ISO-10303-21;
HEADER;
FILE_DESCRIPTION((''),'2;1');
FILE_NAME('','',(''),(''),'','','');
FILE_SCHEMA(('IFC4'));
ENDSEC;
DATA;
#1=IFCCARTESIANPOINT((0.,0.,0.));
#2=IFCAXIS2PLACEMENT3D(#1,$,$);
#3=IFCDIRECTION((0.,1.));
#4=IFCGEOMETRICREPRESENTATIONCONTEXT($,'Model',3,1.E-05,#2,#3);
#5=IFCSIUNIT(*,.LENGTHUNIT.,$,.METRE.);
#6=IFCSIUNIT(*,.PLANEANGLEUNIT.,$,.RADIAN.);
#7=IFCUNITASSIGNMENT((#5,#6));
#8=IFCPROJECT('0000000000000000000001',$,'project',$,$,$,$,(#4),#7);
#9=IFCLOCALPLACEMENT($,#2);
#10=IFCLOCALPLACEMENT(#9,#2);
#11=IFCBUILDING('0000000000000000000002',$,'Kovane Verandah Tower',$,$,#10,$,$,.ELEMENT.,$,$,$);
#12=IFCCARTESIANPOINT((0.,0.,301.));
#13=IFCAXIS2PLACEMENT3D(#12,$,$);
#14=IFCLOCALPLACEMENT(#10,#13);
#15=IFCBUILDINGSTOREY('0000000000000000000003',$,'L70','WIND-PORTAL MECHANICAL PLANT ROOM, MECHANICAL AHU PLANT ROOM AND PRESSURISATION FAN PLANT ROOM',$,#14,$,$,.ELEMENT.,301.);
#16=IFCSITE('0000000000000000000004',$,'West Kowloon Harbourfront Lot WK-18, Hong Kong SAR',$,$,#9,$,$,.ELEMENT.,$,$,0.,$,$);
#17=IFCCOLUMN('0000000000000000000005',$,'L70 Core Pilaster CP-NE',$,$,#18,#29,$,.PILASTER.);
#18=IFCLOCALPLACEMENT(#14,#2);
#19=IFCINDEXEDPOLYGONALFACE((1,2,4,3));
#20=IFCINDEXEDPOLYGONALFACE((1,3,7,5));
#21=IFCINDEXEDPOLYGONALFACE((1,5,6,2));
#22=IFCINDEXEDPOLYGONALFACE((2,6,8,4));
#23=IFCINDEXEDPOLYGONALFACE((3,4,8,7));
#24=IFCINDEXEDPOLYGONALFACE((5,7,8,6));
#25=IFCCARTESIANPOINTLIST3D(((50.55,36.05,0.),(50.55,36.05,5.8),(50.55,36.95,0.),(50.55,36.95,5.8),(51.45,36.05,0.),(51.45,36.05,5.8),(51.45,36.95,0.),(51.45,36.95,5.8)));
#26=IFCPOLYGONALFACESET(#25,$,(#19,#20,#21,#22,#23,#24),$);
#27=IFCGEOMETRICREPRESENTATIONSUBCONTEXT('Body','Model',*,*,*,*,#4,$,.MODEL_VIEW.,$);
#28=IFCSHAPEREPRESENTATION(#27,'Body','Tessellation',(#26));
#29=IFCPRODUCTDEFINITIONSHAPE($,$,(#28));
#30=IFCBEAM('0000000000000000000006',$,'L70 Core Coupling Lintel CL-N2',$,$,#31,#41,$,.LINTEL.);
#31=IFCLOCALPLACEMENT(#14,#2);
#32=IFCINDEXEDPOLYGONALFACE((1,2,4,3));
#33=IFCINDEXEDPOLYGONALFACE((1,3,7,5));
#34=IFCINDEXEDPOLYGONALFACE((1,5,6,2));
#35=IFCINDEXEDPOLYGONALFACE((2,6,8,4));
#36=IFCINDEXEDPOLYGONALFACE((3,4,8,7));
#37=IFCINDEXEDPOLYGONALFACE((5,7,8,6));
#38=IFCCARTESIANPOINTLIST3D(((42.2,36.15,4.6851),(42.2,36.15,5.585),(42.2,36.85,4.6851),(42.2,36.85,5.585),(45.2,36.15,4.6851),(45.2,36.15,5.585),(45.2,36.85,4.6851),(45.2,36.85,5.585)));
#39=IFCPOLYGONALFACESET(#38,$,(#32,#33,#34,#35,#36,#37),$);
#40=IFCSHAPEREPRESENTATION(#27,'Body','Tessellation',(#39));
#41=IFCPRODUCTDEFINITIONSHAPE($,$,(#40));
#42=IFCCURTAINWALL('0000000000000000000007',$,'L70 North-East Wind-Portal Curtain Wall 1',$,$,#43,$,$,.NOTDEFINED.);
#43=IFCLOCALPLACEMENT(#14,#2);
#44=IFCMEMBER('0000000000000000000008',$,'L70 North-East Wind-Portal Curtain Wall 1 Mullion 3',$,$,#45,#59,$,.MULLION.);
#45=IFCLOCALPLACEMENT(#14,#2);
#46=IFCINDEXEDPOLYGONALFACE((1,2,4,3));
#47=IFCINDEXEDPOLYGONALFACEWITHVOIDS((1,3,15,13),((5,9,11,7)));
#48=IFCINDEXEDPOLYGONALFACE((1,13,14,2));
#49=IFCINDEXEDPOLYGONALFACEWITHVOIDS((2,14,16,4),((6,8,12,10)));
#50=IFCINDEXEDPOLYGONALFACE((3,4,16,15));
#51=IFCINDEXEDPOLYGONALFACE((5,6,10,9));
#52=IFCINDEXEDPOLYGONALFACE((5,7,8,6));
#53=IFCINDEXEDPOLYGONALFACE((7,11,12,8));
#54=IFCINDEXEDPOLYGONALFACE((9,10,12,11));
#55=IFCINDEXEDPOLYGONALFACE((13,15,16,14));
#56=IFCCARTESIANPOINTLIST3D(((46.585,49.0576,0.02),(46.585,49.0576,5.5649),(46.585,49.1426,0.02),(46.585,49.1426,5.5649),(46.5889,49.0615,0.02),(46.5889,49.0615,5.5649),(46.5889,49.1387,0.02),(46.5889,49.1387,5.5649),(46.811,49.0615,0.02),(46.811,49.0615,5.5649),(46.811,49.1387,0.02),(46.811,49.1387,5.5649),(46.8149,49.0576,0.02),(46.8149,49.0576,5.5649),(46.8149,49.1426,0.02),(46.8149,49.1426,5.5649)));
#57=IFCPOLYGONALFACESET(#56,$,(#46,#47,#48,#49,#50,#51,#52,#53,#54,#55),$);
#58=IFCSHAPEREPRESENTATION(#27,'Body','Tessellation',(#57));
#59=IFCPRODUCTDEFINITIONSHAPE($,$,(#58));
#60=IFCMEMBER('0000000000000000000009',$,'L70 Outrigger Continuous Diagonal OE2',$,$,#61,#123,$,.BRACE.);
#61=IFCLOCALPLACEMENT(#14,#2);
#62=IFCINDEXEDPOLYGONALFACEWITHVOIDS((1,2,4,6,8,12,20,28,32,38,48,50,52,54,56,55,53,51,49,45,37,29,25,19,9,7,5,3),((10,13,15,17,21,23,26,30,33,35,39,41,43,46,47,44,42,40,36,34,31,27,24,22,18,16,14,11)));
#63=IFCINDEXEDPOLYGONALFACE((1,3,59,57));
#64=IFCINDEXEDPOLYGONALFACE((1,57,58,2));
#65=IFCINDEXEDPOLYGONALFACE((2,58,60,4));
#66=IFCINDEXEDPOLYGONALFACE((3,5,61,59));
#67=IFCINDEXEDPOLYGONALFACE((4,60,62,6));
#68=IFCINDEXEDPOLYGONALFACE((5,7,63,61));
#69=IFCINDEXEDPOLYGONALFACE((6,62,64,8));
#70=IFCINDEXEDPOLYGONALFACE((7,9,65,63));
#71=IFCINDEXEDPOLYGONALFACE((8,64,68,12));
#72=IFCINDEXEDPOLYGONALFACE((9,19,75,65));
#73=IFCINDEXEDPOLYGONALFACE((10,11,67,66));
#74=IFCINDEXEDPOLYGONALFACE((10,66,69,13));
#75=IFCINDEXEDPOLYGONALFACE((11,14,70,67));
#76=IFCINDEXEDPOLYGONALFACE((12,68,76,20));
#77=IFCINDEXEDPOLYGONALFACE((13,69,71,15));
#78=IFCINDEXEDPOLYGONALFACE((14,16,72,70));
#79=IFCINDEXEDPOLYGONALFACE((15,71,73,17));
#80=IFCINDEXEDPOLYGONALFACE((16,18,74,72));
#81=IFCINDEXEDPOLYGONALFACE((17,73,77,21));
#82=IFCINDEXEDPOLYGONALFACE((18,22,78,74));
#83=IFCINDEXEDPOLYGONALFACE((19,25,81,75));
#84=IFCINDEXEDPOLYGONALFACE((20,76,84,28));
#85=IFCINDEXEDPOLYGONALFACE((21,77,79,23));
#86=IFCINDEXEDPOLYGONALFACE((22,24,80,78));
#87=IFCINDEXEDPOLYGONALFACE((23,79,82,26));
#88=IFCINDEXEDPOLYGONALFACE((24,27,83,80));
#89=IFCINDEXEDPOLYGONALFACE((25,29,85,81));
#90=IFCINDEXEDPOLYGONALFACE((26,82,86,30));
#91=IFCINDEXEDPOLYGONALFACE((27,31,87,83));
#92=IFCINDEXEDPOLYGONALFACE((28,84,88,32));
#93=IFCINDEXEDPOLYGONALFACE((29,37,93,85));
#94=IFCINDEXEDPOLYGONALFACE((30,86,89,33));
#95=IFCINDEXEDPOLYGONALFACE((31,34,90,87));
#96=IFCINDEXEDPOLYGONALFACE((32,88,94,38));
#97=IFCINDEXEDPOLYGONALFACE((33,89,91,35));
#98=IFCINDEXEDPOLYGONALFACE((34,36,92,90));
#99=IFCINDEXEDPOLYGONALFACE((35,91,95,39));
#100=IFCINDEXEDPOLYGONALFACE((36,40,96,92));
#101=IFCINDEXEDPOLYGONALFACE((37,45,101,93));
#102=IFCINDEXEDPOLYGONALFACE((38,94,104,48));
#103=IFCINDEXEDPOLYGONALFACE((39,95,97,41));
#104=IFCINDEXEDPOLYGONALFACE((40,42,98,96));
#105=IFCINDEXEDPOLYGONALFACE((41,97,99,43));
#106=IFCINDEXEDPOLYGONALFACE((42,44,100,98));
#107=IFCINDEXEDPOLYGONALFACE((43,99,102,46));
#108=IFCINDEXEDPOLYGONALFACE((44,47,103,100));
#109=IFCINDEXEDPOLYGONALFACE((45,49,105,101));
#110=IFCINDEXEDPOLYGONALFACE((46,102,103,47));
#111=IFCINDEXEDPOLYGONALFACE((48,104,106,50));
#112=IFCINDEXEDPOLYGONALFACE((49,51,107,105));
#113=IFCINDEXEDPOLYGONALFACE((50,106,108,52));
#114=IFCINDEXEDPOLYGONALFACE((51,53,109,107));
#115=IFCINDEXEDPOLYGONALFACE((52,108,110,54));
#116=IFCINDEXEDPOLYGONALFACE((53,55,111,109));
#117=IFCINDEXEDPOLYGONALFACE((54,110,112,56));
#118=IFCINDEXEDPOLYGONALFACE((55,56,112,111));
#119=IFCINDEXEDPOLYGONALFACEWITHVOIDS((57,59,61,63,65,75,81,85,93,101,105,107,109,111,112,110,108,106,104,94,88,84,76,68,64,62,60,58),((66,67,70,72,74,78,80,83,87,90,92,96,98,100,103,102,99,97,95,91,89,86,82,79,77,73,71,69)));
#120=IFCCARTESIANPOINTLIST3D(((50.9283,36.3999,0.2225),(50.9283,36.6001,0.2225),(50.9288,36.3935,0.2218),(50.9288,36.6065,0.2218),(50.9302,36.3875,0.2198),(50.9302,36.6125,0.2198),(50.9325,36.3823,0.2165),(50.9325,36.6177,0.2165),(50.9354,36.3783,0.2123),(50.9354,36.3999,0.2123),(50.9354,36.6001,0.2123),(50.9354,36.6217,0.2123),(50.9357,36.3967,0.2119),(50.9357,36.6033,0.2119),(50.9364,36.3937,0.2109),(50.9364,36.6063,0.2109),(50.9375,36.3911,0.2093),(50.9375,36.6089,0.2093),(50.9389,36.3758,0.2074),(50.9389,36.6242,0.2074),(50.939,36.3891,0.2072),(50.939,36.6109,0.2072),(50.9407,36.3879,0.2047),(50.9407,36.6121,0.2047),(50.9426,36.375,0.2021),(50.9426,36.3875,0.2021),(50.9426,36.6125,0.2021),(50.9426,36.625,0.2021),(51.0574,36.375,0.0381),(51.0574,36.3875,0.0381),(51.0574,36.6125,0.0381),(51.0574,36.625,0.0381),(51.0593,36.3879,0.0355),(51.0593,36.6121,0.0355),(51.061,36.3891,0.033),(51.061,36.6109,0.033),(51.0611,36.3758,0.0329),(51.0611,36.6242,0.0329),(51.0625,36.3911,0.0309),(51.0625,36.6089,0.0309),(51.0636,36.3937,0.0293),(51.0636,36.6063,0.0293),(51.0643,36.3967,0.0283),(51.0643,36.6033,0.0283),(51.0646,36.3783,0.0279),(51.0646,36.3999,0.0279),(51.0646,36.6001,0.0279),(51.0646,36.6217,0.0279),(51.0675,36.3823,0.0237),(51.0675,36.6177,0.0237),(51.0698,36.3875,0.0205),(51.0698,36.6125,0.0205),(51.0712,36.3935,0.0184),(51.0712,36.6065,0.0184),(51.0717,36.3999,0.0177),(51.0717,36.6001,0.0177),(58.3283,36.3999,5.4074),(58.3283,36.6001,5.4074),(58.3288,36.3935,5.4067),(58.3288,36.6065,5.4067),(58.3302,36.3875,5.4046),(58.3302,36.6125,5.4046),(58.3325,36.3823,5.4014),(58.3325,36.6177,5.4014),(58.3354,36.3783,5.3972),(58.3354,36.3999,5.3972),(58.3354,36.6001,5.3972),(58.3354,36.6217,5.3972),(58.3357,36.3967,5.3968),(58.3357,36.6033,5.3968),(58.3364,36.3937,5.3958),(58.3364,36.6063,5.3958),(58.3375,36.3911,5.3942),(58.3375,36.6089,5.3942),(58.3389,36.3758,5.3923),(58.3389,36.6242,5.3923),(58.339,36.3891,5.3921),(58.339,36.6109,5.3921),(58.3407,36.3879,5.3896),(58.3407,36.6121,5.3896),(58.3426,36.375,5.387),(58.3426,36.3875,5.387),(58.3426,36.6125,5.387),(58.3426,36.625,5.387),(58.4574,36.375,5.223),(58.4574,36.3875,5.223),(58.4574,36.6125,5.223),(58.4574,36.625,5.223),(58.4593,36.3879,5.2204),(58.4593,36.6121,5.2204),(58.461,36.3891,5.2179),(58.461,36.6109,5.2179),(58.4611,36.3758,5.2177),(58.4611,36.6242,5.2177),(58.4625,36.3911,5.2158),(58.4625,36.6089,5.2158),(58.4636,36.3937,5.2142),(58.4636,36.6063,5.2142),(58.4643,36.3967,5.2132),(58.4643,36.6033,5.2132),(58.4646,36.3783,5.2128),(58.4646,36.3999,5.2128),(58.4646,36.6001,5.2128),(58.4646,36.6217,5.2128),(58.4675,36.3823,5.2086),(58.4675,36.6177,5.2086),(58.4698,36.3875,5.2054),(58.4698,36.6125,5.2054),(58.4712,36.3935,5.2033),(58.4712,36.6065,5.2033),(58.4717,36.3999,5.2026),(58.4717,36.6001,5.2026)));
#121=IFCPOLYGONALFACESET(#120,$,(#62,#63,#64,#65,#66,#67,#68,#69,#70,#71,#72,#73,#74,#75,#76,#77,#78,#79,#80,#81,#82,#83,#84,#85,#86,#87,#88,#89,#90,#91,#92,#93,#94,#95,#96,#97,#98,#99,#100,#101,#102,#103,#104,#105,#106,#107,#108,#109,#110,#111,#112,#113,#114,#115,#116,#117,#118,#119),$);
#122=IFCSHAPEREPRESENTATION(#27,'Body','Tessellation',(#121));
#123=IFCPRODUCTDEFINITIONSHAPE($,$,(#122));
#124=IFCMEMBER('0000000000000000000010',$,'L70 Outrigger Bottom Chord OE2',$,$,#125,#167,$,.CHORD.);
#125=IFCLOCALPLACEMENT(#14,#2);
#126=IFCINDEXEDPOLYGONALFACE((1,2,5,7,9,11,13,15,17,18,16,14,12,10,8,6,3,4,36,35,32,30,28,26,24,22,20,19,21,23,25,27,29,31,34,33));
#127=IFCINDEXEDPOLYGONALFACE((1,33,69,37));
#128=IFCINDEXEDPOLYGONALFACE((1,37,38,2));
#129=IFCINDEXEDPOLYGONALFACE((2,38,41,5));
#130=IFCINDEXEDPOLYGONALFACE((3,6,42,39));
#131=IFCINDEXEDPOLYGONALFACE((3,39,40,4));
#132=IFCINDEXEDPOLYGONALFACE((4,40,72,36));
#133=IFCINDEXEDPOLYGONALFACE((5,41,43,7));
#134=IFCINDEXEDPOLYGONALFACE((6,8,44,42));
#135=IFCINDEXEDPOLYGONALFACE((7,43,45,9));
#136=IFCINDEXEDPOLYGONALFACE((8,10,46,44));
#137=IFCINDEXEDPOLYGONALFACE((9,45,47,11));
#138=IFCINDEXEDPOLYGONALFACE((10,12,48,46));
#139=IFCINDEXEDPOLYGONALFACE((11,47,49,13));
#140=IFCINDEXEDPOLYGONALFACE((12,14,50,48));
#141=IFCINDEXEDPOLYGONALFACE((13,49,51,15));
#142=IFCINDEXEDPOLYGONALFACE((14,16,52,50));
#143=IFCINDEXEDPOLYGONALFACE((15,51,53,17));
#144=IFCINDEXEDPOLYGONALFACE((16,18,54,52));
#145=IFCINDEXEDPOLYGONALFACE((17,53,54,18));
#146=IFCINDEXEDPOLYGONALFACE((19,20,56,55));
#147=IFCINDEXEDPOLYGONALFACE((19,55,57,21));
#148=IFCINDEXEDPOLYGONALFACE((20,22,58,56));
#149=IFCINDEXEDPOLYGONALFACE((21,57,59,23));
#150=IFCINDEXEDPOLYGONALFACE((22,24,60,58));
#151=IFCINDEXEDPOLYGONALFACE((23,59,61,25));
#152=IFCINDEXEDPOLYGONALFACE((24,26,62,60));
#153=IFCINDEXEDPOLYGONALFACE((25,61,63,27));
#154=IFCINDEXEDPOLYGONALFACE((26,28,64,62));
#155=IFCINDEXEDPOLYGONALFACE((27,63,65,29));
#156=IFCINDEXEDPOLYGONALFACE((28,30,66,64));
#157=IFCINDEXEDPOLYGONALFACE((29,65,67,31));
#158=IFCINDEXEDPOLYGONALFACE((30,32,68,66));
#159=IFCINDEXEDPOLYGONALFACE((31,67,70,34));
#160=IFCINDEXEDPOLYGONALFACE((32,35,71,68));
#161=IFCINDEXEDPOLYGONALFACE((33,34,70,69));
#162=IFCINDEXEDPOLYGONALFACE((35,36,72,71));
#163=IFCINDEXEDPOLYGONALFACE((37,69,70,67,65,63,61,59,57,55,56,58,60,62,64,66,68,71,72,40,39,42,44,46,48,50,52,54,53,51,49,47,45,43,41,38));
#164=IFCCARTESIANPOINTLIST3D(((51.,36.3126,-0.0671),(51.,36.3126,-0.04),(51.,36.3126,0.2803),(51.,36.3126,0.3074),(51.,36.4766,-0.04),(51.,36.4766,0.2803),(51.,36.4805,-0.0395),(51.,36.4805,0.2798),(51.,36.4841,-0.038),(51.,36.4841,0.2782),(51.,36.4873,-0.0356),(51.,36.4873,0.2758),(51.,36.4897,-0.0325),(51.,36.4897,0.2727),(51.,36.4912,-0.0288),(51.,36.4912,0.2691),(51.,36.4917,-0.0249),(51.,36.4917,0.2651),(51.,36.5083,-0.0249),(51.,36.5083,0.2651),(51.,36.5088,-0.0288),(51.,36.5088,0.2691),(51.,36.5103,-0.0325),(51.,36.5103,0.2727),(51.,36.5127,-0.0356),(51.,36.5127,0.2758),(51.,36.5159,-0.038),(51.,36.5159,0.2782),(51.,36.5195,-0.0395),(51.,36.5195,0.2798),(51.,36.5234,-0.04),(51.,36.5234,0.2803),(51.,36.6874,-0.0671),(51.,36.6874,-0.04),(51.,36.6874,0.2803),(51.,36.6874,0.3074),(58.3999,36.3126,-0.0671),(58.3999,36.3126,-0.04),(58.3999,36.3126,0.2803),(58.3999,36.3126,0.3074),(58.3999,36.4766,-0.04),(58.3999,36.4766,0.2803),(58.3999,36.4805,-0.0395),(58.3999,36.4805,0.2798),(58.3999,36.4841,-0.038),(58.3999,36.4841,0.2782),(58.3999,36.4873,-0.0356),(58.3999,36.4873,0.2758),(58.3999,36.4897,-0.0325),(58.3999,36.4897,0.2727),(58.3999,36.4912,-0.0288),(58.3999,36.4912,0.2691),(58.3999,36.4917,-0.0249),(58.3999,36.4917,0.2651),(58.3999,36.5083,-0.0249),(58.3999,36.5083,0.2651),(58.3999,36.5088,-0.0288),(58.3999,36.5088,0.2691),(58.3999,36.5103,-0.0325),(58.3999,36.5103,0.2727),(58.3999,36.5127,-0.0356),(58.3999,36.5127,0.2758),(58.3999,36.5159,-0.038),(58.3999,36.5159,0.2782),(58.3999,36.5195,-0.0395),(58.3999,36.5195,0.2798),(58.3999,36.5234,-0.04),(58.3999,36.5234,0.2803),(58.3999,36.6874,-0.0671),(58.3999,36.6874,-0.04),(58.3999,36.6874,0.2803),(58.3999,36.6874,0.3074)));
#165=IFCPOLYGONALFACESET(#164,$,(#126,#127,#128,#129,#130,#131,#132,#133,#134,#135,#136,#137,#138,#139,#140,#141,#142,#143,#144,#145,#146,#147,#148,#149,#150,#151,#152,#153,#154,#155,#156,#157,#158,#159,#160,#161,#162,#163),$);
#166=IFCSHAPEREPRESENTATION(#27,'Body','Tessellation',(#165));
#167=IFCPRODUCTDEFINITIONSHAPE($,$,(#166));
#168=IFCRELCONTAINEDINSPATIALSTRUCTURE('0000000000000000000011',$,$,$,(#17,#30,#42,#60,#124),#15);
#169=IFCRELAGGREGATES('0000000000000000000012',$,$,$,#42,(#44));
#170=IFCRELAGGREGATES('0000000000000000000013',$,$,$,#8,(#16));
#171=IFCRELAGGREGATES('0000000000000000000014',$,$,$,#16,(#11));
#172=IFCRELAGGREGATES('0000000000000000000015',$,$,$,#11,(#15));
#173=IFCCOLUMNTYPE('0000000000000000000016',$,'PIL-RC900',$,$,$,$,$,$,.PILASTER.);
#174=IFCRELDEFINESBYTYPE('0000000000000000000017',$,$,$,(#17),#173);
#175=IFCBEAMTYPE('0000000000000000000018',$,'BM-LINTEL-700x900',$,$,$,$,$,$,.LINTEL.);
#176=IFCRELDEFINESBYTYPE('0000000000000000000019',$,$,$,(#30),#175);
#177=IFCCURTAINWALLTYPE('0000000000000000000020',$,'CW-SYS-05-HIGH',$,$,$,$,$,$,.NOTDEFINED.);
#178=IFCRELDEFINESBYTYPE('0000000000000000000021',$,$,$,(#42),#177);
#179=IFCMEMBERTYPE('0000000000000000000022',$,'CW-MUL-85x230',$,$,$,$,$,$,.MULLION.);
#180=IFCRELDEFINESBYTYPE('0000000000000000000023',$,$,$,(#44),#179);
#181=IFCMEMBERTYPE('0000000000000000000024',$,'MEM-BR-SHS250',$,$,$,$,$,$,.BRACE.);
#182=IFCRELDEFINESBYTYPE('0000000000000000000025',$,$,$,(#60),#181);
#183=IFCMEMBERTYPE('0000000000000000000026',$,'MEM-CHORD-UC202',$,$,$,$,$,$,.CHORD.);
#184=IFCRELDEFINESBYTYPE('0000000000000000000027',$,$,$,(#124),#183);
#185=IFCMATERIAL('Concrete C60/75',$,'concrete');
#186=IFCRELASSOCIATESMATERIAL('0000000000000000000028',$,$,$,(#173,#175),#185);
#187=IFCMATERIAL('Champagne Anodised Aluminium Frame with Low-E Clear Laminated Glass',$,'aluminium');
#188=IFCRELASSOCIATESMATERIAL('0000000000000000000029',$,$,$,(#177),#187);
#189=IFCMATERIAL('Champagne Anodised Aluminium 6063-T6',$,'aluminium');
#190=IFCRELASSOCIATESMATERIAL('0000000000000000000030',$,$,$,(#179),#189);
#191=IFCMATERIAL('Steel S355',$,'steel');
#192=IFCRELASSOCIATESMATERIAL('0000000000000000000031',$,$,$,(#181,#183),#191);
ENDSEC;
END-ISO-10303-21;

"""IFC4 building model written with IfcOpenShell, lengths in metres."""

from ifc_helpers import new_model, si_unit, direction, frame, origin, origin_2d, place, context, subcontext, project, spatial, rectangle, hollow_rectangle, i_section, extrude, material, material_profile, profile_set, type_object, element, aggregate, save


model = new_model("IFC4")

# Units and contexts
model_context = context("Model", 3, precision=1e-05, world=origin(), true_north=direction((0.0, 1.0)))
body_context = subcontext(model_context, "Body", "Model", "MODEL_VIEW")
ifc_project = project(units=[si_unit("LENGTHUNIT", "METRE"), si_unit("PLANEANGLEUNIT", "RADIAN")], contexts=[model_context])

# Site, building, storey
site_placement = place(None, origin())
site = spatial("IfcSite", under=ifc_project, at=site_placement, Name="West Kowloon Harbourfront Lot WK-18, Hong Kong SAR", CompositionType="ELEMENT", RefElevation=0.0)
building_placement = place(site_placement, origin())
building = spatial("IfcBuilding", under=site, at=building_placement, Name="Kovane Verandah Tower", CompositionType="ELEMENT")
storey_placement = place(building_placement, frame((0.0, 0.0, 301.0)))
storey = spatial("IfcBuildingStorey", under=building, at=storey_placement, Name="L70", Description="WIND-PORTAL MECHANICAL PLANT ROOM, MECHANICAL AHU PLANT ROOM AND PRESSURISATION FAN PLANT ROOM", CompositionType="ELEMENT", Elevation=301.0)

# Column
ifc_material_1 = material(Name="Concrete C60/75", Category="concrete")
ifc_material_profile_1 = material_profile(ifc_material_1, rectangle(XDim=0.8999, YDim=0.8999, at=origin_2d()), Name="RC900x900")
ifc_profile_set_1 = profile_set([ifc_material_profile_1], Name="Concrete C60/75")
column_type = type_object("IfcColumnType", Name="PIL-RC900", PredefinedType="PILASTER", material=ifc_profile_set_1)
column_placement = place(storey_placement, frame((51.0, 36.5, 0.0), z_axis=(0.0, 0.0, 1.0), x_axis=(1.0, 0.0, 0.0)))
element("IfcColumn", 1, at=column_placement, inside=storey, type_object=column_type, Name="L70 Core Pilaster CP-NE", PredefinedType="PILASTER", context=body_context, shape_type="SweptSolid", body=[
    extrude(rectangle(XDim=0.8999, YDim=0.8999, at=origin_2d()), origin(), (0.0, 0.0, 1.0), 5.8),
])

# Beam
ifc_material_profile_2 = material_profile(ifc_material_1, rectangle(XDim=0.7, YDim=0.8999, at=origin_2d()), Name="RCB700x900")
ifc_profile_set_2 = profile_set([ifc_material_profile_2], Name="Concrete C60/75")
beam_type = type_object("IfcBeamType", Name="BM-LINTEL-700x900", PredefinedType="LINTEL", material=ifc_profile_set_2)
beam_placement = place(storey_placement, frame((42.2, 36.5, 5.135), z_axis=(1.0, 0.0, 0.0), x_axis=(0.0, 1.0, 0.0)))
element("IfcBeam", 2, at=beam_placement, inside=storey, type_object=beam_type, Name="L70 Core Coupling Lintel CL-N2", PredefinedType="LINTEL", context=body_context, shape_type="SweptSolid", body=[
    extrude(rectangle(XDim=0.7, YDim=0.8999, at=origin_2d()), origin(), (0.0, 0.0, 1.0), 3.0),
])

# Curtain wall, member
ifc_material_2 = material(Name="Champagne Anodised Aluminium Frame with Low-E Clear Laminated Glass", Category="aluminium")
curtain_wall_type = type_object("IfcCurtainWallType", Name="CW-SYS-05-HIGH", PredefinedType="NOTDEFINED", material=ifc_material_2)
curtain_wall_placement = place(storey_placement, origin())
curtain_wall = element("IfcCurtainWall", 3, at=curtain_wall_placement, inside=storey, type_object=curtain_wall_type, Name="L70 North-East Wind-Portal Curtain Wall 1", PredefinedType="NOTDEFINED")
ifc_material_3 = material(Name="Champagne Anodised Aluminium 6063-T6", Category="aluminium")
ifc_material_profile_3 = material_profile(ifc_material_3, hollow_rectangle(XDim=0.085, YDim=0.23, WallThickness=0.0039, at=origin_2d()), Name="AL85x230x4")
ifc_profile_set_3 = profile_set([ifc_material_profile_3], Name="Champagne Anodised Aluminium 6063-T6")
member_type_1 = type_object("IfcMemberType", Name="CW-MUL-85x230", PredefinedType="MULLION", material=ifc_profile_set_3)
member_1_placement = place(storey_placement, frame((46.7, 49.1001, 0.02), z_axis=(0.0, 0.0, 1.0), x_axis=(0.0, 1.0, 0.0)))
member_1 = element("IfcMember", 4, at=member_1_placement, type_object=member_type_1, Name="L70 North-East Wind-Portal Curtain Wall 1 Mullion 3", PredefinedType="MULLION", context=body_context, shape_type="SweptSolid", body=[
    extrude(hollow_rectangle(XDim=0.085, YDim=0.23, WallThickness=0.0039, at=origin_2d()), origin(), (0.0, 0.0, 1.0), 5.5449),
])

# Members
ifc_material_4 = material(Name="Steel S355", Category="steel")
ifc_material_profile_4 = material_profile(ifc_material_4, hollow_rectangle(XDim=0.25, YDim=0.25, WallThickness=0.0125, InnerFilletRadius=0.0125, OuterFilletRadius=0.0249, at=origin_2d()), Name="SHS250x250x12.5")
ifc_profile_set_4 = profile_set([ifc_material_profile_4], Name="Steel S355")
member_type_2 = type_object("IfcMemberType", Name="MEM-BR-SHS250", PredefinedType="BRACE", material=ifc_profile_set_4)
member_2_placement = place(storey_placement, frame((51.0, 36.5, 0.1201), z_axis=(0.818978, 0.0, 0.573825), x_axis=(0.0, 1.0, 0.0)))
element("IfcMember", 5, at=member_2_placement, inside=storey, type_object=member_type_2, Name="L70 Outrigger Continuous Diagonal OE2", PredefinedType="BRACE", context=body_context, shape_type="SweptSolid", body=[
    extrude(hollow_rectangle(XDim=0.25, YDim=0.25, WallThickness=0.0125, InnerFilletRadius=0.0125, OuterFilletRadius=0.0249, at=origin_2d()), origin(), (0.0, 0.0, 1.0), 9.0356),
])
ifc_material_profile_5 = material_profile(ifc_material_4, i_section(OverallWidth=0.3748, OverallDepth=0.3745, WebThickness=0.0166, FlangeThickness=0.0271, FilletRadius=0.0151, at=origin_2d()), Name="UC356x368x202")
ifc_profile_set_5 = profile_set([ifc_material_profile_5], Name="Steel S355")
member_type_3 = type_object("IfcMemberType", Name="MEM-CHORD-UC202", PredefinedType="CHORD", material=ifc_profile_set_5)
member_3_placement = place(storey_placement, frame((51.0, 36.5, 0.1201), z_axis=(1.0, 0.0, 0.0), x_axis=(0.0, 1.0, 0.0)))
element("IfcMember", 6, at=member_3_placement, inside=storey, type_object=member_type_3, Name="L70 Outrigger Bottom Chord OE2", PredefinedType="CHORD", context=body_context, shape_type="SweptSolid", body=[
    extrude(i_section(OverallWidth=0.3748, OverallDepth=0.3745, WebThickness=0.0166, FlangeThickness=0.0271, FilletRadius=0.0151, at=origin_2d()), origin(), (0.0, 0.0, 1.0), 7.3999),
])

aggregate(curtain_wall, [member_1])

save(model, "model.ifc")
